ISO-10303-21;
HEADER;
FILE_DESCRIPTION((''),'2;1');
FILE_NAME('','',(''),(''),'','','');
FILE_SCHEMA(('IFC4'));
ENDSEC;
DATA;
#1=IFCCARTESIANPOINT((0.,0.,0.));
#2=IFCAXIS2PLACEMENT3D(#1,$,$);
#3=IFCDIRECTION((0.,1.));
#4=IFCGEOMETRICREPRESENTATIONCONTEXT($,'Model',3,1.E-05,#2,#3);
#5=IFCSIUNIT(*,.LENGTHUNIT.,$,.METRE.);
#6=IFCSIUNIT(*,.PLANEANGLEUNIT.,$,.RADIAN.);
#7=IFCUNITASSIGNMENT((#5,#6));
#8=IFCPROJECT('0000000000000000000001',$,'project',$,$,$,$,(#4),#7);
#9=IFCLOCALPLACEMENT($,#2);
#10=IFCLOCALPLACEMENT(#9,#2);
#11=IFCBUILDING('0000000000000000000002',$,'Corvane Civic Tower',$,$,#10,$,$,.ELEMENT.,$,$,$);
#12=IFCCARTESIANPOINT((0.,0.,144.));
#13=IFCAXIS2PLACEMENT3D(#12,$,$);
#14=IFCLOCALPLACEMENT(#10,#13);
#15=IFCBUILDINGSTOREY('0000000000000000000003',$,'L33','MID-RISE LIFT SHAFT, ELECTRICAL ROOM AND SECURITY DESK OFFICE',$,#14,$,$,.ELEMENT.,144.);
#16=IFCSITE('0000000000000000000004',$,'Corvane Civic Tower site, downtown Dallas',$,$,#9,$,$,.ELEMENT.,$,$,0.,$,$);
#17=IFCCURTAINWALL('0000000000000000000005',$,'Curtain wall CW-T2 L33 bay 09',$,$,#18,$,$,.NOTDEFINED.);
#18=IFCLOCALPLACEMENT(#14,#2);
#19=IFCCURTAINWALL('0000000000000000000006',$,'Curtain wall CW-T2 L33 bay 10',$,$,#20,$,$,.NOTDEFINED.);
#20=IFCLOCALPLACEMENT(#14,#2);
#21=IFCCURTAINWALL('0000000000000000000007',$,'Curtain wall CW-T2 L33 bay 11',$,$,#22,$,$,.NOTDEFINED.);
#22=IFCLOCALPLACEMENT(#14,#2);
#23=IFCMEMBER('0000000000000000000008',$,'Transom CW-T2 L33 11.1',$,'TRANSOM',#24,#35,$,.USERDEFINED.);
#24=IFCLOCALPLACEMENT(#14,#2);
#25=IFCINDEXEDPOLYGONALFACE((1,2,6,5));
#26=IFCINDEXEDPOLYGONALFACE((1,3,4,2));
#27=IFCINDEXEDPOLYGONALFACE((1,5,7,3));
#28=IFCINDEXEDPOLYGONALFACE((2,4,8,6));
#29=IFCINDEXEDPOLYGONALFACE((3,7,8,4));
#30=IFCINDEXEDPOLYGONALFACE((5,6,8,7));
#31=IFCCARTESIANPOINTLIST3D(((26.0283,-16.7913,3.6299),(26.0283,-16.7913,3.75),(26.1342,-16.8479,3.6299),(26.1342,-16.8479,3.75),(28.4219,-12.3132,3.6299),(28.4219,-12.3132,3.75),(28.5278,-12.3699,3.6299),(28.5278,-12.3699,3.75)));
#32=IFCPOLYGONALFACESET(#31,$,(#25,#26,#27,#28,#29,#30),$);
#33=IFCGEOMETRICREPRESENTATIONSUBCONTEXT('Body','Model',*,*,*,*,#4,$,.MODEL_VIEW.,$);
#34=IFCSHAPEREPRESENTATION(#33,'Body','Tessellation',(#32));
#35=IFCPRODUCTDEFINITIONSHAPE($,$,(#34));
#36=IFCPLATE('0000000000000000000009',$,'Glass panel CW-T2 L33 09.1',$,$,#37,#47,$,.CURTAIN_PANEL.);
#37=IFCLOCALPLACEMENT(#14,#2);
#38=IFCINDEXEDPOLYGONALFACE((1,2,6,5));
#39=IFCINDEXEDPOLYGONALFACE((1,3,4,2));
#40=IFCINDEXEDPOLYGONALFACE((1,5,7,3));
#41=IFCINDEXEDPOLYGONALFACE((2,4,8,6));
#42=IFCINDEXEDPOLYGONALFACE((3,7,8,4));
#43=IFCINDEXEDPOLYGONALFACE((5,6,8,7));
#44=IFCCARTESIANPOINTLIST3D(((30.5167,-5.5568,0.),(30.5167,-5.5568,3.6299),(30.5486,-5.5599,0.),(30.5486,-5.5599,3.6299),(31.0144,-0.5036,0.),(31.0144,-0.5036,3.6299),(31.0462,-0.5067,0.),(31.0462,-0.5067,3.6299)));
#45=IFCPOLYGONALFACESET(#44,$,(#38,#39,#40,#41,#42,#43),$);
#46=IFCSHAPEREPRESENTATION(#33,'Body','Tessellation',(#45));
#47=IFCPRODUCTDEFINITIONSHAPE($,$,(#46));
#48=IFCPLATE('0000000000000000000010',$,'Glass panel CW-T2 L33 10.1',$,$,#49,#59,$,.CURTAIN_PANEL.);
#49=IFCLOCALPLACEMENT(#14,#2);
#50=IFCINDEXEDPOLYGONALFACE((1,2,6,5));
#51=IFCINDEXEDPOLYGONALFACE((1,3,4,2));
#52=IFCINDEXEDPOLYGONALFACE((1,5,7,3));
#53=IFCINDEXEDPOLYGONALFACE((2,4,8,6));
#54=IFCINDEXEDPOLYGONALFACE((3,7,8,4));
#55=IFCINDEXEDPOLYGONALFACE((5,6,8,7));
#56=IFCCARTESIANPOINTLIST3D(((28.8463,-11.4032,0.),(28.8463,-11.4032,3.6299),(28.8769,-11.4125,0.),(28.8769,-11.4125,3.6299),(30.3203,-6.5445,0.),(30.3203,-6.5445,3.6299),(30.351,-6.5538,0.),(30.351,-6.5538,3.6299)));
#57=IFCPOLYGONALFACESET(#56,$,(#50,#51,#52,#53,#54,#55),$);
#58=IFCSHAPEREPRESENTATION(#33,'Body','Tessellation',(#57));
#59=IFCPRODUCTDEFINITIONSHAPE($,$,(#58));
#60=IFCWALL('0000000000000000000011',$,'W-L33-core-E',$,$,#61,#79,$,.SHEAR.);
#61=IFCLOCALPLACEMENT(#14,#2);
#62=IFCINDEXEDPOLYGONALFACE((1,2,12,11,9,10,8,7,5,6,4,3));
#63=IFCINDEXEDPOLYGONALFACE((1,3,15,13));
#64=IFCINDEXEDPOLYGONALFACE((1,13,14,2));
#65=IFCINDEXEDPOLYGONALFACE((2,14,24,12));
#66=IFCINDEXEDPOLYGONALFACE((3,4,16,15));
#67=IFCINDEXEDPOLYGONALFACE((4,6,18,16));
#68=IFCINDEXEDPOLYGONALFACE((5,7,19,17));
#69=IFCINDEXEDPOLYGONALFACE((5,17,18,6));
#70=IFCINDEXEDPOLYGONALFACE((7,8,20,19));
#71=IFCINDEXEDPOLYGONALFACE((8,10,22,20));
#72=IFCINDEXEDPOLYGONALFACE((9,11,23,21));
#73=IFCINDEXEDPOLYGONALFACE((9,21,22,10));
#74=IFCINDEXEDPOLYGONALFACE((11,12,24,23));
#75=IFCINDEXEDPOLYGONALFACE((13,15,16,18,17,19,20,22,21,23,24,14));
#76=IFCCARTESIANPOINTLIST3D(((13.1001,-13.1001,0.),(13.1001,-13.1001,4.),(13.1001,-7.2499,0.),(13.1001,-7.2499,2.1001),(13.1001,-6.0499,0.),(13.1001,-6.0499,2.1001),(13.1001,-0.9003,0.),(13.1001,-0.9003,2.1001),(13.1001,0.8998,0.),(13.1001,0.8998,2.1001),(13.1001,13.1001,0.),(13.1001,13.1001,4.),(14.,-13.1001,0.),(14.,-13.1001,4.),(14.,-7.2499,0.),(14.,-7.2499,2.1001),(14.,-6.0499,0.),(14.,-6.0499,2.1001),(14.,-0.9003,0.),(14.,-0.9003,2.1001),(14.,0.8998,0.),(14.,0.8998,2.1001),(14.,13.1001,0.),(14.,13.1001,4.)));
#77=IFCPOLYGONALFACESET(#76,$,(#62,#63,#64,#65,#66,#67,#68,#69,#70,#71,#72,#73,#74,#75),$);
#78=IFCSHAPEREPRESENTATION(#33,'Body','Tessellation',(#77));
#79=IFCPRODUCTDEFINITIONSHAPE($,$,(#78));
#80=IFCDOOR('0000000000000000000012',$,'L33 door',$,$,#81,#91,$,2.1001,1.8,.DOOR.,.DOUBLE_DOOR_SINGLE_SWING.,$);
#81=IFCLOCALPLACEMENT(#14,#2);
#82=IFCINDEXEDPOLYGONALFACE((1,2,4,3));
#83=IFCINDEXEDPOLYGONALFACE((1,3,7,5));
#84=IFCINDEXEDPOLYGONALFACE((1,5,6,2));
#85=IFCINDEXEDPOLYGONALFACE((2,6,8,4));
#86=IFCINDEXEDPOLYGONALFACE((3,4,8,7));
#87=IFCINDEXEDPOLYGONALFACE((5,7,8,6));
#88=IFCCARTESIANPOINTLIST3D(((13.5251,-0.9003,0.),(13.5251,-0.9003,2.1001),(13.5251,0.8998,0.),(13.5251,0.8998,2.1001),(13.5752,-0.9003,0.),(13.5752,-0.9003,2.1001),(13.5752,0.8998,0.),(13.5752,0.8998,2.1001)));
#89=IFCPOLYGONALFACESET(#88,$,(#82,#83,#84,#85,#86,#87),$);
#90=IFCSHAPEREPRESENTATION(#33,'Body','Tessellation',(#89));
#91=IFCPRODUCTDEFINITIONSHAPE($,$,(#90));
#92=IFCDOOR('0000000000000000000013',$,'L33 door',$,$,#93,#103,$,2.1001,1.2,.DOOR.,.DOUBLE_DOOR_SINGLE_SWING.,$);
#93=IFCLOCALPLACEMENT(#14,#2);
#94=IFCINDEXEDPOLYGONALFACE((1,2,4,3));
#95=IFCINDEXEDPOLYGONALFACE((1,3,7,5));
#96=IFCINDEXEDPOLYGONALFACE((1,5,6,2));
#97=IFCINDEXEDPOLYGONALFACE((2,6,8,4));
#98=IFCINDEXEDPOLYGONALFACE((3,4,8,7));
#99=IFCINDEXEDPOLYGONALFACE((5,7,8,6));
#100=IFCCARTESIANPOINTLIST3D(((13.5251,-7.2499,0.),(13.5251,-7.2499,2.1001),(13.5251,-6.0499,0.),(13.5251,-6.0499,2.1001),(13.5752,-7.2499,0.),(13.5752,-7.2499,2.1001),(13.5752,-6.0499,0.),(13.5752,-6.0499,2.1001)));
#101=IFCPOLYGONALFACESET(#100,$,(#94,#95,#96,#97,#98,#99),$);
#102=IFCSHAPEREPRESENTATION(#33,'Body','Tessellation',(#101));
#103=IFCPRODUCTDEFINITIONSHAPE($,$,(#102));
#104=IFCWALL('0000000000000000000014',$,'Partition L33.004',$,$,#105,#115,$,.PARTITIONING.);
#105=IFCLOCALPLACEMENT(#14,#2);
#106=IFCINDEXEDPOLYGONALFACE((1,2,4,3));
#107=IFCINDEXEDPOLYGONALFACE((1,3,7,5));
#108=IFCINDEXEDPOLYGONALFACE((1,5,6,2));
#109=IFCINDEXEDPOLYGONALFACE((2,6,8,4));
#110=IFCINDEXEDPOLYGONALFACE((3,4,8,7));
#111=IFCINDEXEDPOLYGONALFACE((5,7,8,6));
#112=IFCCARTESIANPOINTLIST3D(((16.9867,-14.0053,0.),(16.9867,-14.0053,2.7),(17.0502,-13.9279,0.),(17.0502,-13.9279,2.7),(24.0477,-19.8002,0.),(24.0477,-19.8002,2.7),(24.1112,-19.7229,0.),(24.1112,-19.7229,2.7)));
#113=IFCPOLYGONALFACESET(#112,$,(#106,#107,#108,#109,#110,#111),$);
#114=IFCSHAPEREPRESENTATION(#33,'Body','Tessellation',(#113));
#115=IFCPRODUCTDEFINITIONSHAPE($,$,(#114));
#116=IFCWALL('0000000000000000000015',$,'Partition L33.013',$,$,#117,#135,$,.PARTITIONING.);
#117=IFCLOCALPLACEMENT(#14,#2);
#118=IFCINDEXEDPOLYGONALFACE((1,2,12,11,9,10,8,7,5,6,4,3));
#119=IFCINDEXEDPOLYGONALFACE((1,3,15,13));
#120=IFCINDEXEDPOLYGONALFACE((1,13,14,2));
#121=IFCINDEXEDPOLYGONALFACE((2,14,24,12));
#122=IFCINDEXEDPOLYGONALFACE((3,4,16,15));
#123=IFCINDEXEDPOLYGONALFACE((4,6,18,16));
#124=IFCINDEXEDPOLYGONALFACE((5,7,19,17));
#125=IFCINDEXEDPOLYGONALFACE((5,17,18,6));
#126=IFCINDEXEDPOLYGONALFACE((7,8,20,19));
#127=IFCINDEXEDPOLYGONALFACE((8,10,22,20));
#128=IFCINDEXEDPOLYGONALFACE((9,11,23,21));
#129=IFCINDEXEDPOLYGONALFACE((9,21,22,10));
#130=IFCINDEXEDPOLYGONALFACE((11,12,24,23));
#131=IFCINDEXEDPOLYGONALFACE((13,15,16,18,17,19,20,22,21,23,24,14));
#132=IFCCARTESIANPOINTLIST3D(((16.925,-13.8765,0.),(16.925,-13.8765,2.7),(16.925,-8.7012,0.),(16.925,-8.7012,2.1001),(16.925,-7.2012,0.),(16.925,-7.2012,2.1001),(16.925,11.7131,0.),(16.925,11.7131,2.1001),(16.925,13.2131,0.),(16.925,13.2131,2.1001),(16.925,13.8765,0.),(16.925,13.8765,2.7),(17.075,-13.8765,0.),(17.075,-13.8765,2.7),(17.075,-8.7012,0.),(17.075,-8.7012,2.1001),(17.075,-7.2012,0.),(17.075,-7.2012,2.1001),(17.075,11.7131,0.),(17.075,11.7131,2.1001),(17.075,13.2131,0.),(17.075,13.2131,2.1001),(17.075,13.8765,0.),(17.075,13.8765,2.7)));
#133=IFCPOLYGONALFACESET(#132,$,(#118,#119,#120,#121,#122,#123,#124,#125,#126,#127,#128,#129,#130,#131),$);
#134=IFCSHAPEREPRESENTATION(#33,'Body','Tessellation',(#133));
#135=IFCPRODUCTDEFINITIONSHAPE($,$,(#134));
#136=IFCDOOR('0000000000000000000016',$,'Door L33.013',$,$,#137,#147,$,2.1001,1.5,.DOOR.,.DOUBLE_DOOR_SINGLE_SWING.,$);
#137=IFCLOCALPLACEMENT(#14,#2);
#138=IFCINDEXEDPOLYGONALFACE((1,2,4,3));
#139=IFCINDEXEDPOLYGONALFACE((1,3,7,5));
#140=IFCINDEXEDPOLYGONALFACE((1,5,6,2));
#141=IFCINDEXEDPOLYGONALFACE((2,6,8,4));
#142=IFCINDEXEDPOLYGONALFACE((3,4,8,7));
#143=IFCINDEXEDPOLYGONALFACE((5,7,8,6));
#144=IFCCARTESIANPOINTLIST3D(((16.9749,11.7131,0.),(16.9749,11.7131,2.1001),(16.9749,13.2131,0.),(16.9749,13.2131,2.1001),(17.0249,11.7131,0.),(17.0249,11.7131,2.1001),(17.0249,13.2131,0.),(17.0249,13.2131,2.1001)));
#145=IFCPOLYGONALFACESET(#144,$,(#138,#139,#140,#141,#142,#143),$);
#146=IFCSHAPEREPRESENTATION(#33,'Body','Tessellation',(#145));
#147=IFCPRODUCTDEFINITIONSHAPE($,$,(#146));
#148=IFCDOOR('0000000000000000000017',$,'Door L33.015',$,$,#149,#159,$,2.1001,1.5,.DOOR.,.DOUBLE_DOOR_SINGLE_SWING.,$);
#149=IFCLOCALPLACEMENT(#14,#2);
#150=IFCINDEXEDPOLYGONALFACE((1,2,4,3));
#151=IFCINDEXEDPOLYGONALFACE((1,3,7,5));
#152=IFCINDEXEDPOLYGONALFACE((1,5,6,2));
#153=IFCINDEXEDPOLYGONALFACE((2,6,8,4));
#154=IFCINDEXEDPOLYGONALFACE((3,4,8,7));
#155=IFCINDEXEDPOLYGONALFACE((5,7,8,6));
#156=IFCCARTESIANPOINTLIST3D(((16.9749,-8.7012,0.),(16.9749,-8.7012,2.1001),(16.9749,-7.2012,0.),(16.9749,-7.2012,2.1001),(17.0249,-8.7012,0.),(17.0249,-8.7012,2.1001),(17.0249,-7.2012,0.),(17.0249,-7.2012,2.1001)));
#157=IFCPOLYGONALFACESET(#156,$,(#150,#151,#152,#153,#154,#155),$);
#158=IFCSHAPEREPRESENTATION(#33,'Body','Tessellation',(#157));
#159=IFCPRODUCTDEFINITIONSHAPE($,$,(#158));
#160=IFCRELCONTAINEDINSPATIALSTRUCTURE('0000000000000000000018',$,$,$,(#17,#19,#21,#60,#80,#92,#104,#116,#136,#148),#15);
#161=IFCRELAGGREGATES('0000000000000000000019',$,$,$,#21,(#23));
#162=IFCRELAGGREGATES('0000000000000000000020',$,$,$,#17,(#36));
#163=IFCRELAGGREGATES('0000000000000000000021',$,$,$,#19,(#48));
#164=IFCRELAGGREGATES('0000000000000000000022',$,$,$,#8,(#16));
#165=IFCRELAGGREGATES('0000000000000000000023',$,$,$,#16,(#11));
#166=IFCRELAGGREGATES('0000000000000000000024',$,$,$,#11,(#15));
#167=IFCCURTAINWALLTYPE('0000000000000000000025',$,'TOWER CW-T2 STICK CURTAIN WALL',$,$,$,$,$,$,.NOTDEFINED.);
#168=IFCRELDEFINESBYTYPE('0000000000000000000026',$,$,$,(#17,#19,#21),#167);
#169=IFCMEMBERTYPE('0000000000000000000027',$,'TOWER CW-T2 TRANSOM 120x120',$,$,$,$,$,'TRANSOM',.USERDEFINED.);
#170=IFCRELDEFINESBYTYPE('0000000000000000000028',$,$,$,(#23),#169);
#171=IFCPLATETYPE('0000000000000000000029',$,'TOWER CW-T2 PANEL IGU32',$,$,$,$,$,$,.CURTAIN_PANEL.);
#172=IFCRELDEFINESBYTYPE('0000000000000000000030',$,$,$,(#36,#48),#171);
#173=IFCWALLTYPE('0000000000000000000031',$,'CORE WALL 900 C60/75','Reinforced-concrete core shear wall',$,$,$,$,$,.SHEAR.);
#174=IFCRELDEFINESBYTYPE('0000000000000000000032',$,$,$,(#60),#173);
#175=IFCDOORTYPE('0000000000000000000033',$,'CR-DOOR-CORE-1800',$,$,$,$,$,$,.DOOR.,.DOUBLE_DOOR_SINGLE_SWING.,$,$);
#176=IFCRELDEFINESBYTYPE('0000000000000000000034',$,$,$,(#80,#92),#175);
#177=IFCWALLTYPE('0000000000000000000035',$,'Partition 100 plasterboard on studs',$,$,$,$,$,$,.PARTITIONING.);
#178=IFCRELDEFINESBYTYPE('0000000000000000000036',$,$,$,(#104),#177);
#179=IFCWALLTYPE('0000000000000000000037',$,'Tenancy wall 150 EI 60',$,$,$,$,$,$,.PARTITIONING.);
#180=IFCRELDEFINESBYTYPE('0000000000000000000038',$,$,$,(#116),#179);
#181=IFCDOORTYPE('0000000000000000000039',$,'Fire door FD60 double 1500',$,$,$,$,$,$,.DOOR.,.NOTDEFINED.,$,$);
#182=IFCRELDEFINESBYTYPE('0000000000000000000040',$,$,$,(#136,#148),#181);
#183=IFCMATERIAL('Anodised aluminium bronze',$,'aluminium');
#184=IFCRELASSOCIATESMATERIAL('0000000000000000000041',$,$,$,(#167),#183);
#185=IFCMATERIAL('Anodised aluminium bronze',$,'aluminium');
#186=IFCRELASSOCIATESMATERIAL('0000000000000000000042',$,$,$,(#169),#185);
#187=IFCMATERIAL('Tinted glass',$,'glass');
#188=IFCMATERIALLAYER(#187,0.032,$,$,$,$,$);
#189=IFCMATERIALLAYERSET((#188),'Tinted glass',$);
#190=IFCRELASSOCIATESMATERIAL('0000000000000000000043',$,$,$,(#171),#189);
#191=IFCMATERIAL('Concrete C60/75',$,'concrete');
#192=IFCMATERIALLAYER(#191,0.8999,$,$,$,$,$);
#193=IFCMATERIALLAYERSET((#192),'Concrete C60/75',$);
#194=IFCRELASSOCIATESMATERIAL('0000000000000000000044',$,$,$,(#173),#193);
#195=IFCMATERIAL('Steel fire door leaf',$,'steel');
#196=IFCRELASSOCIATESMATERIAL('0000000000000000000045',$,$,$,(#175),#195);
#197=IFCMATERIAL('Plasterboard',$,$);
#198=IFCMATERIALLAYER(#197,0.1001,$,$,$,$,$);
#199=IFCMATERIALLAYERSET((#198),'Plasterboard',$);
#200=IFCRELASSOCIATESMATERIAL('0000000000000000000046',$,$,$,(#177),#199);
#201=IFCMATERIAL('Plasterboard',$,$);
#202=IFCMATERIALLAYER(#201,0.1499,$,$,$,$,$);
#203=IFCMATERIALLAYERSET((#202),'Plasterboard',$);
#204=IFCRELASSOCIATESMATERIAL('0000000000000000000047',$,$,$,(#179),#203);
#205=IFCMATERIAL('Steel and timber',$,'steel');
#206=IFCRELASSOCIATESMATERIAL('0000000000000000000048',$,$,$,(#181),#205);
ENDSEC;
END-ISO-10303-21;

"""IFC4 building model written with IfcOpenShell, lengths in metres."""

from ifc_helpers import new_model, si_unit, direction, frame, frame_2d, origin, origin_2d, place, context, subcontext, project, spatial, rectangle, extrude, material, layer, layer_set, material_profile, profile_set, type_object, element, fill, aggregate, save


model = new_model("IFC4")

# Units and contexts
model_context = context("Model", 3, precision=1e-05, world=origin(), true_north=direction((0.0, 1.0)))
body_context = subcontext(model_context, "Body", "Model", "MODEL_VIEW")
ifc_project = project(units=[si_unit("LENGTHUNIT", "METRE"), si_unit("PLANEANGLEUNIT", "RADIAN")], contexts=[model_context])

# Site, building, storey
site_placement = place(None, origin())
site = spatial("IfcSite", under=ifc_project, at=site_placement, Name="Corvane Civic Tower site, downtown Dallas", CompositionType="ELEMENT", RefElevation=0.0)
building_placement = place(site_placement, origin())
building = spatial("IfcBuilding", under=site, at=building_placement, Name="Corvane Civic Tower", CompositionType="ELEMENT")
storey_placement = place(building_placement, frame((0.0, 0.0, 144.0)))
storey = spatial("IfcBuildingStorey", under=building, at=storey_placement, Name="L33", Description="MID-RISE LIFT SHAFT, ELECTRICAL ROOM AND SECURITY DESK OFFICE", CompositionType="ELEMENT", Elevation=144.0)

# Curtain walls, member
ifc_material_1 = material(Name="Anodised aluminium bronze", Category="aluminium")
curtain_wall_type = type_object("IfcCurtainWallType", Name="TOWER CW-T2 STICK CURTAIN WALL", PredefinedType="NOTDEFINED", material=ifc_material_1)
curtain_wall_1_placement = place(storey_placement, origin())
curtain_wall_1 = element("IfcCurtainWall", 1, at=curtain_wall_1_placement, inside=storey, type_object=curtain_wall_type, Name="Curtain wall CW-T2 L33 bay 09", PredefinedType="NOTDEFINED")
ifc_material_2 = material(Name="Anodised aluminium bronze", Category="aluminium")
ifc_material_profile_1 = material_profile(ifc_material_2, rectangle(XDim=0.1201, YDim=0.1201, at=origin_2d()), Name="TOWER CW-T2 TRANSOM 120x120")
ifc_profile_set_1 = profile_set([ifc_material_profile_1], Name="Anodised aluminium bronze")
member_type = type_object("IfcMemberType", Name="TOWER CW-T2 TRANSOM 120x120", ElementType="TRANSOM", PredefinedType="USERDEFINED", material=ifc_profile_set_1)
curtain_wall_2_placement = place(storey_placement, origin())
curtain_wall_2 = element("IfcCurtainWall", 2, at=curtain_wall_2_placement, inside=storey, type_object=curtain_wall_type, Name="Curtain wall CW-T2 L33 bay 10", PredefinedType="NOTDEFINED")
curtain_wall_3_placement = place(storey_placement, origin())
curtain_wall_3 = element("IfcCurtainWall", 3, at=curtain_wall_3_placement, inside=storey, type_object=curtain_wall_type, Name="Curtain wall CW-T2 L33 bay 11", PredefinedType="NOTDEFINED")
member_1_placement = place(storey_placement, frame((28.4749, -12.3416, 3.6899), z_axis=(-0.471397, -0.881921, 0.0), x_axis=(0.881921, -0.471397, 0.0)))
member_1 = element("IfcMember", 4, at=member_1_placement, type_object=member_type, Name="Transom CW-T2 L33 11.1", ObjectType="TRANSOM", PredefinedType="USERDEFINED", context=body_context, shape_type="SweptSolid", body=[
    extrude(rectangle(XDim=0.1201, YDim=0.1201, at=origin_2d()), origin(), (0.0, 0.0, 1.0), 5.0776),
])
aggregate(curtain_wall_3, [member_1])

# Plates
ifc_material_3 = material(Name="Tinted glass", Category="glass")
ifc_layer_1 = layer(ifc_material_3, 0.032)
ifc_layer_set_1 = layer_set([ifc_layer_1], Name="Tinted glass")
plate_type = type_object("IfcPlateType", Name="TOWER CW-T2 PANEL IGU32", PredefinedType="CURTAIN_PANEL", material=ifc_layer_set_1)
plate_1_placement = place(storey_placement, frame((30.7815, -3.0317, 0.0), z_axis=(0.0, 0.0, 1.0), x_axis=(-0.098012, -0.995185, 0.0)))
plate_1 = element("IfcPlate", 5, at=plate_1_placement, type_object=plate_type, Name="Glass panel CW-T2 L33 09.1", PredefinedType="CURTAIN_PANEL", context=body_context, shape_type="SweptSolid", body=[
    extrude(rectangle(XDim=5.0776, YDim=0.032, at=origin_2d()), origin(), (0.0, 0.0, 1.0), 3.6299),
])
aggregate(curtain_wall_1, [plate_1])
plate_2_placement = place(storey_placement, frame((29.5986, -8.9785, 0.0), z_axis=(0.0, 0.0, 1.0), x_axis=(-0.290313, -0.956932, 0.0)))
plate_2 = element("IfcPlate", 6, at=plate_2_placement, type_object=plate_type, Name="Glass panel CW-T2 L33 10.1", PredefinedType="CURTAIN_PANEL", context=body_context, shape_type="SweptSolid", body=[
    extrude(rectangle(XDim=5.0774, YDim=0.032, at=origin_2d()), origin(), (0.0, 0.0, 1.0), 3.6299),
])
aggregate(curtain_wall_2, [plate_2])

# Wall, openings, doors
ifc_material_4 = material(Name="Concrete C60/75", Category="concrete")
ifc_layer_2 = layer(ifc_material_4, 0.8999)
ifc_layer_set_2 = layer_set([ifc_layer_2], Name="Concrete C60/75")
wall_type_1 = type_object("IfcWallType", Name="CORE WALL 900 C60/75", Description="Reinforced-concrete core shear wall", PredefinedType="SHEAR", material=ifc_layer_set_2)
wall_1_placement = place(storey_placement, frame((13.55, -13.1001, 0.0), z_axis=(0.0, 0.0, 1.0), x_axis=(0.0, 1.0, 0.0)))
wall_1 = element("IfcWall", 7, at=wall_1_placement, inside=storey, type_object=wall_type_1, Name="W-L33-core-E", PredefinedType="SHEAR", context=body_context, shape_type="SweptSolid", body=[
    extrude(rectangle(XDim=26.2002, YDim=0.8999, at=frame_2d((13.1001, 0.0))), origin(), (0.0, 0.0, 1.0), 4.0),
])
opening_1_placement = place(wall_1_placement, frame((12.2, 0.0, 0.0)))
opening_1 = element("IfcOpeningElement", 8, at=opening_1_placement, cuts=wall_1, PredefinedType="OPENING", context=body_context, shape_type="SweptSolid", body=[
    extrude(rectangle(XDim=1.8, YDim=2.1001, at=frame_2d((0.8999, 1.05))), frame((0.0, 0.46, 0.0), z_axis=(0.0, -1.0, 0.0), x_axis=(1.0, 0.0, 0.0)), (0.0, 0.0, 1.0), 0.9199),
])
opening_2_placement = place(wall_1_placement, frame((5.8501, 0.0, 0.0)))
opening_2 = element("IfcOpeningElement", 9, at=opening_2_placement, cuts=wall_1, PredefinedType="OPENING", context=body_context, shape_type="SweptSolid", body=[
    extrude(rectangle(XDim=1.2, YDim=2.1001, at=frame_2d((0.6001, 1.05))), frame((0.0, 0.46, 0.0), z_axis=(0.0, -1.0, 0.0), x_axis=(1.0, 0.0, 0.0)), (0.0, 0.0, 1.0), 0.9199),
])
ifc_material_5 = material(Name="Steel fire door leaf", Category="steel")
door_type_1 = type_object("IfcDoorType", Name="CR-DOOR-CORE-1800", OperationType="DOUBLE_DOOR_SINGLE_SWING", PredefinedType="DOOR", material=ifc_material_5)
door_1_placement = place(opening_1_placement, origin())
door_1 = element("IfcDoor", 10, at=door_1_placement, inside=storey, type_object=door_type_1, Name="L33 door", OperationType="DOUBLE_DOOR_SINGLE_SWING", OverallHeight=2.1001, OverallWidth=1.8, PredefinedType="DOOR", context=body_context, shape_type="SweptSolid", body=[
    extrude(rectangle(XDim=1.8, YDim=2.1001, at=frame_2d((0.8999, 1.05))), frame((0.0, 0.0249, 0.0), z_axis=(0.0, -1.0, 0.0), x_axis=(1.0, 0.0, 0.0)), (0.0, 0.0, 1.0), 0.05),
])
fill(opening_1, door_1)
door_2_placement = place(opening_2_placement, origin())
door_2 = element("IfcDoor", 11, at=door_2_placement, inside=storey, type_object=door_type_1, Name="L33 door", OperationType="DOUBLE_DOOR_SINGLE_SWING", OverallHeight=2.1001, OverallWidth=1.2, PredefinedType="DOOR", context=body_context, shape_type="SweptSolid", body=[
    extrude(rectangle(XDim=1.2, YDim=2.1001, at=frame_2d((0.6001, 1.05))), frame((0.0, 0.0249, 0.0), z_axis=(0.0, -1.0, 0.0), x_axis=(1.0, 0.0, 0.0)), (0.0, 0.0, 1.0), 0.05),
])
fill(opening_2, door_2)

# Wall
ifc_material_6 = material(Name="Plasterboard")
ifc_layer_3 = layer(ifc_material_6, 0.1001)
ifc_layer_set_3 = layer_set([ifc_layer_3], Name="Plasterboard")
wall_type_2 = type_object("IfcWallType", Name="Partition 100 plasterboard on studs", PredefinedType="PARTITIONING", material=ifc_layer_set_3)
wall_2_placement = place(storey_placement, frame((17.0183, -13.9666, 0.0), z_axis=(0.0, 0.0, 1.0), x_axis=(0.773006, -0.634399, 0.0)))
element("IfcWall", 12, at=wall_2_placement, inside=storey, type_object=wall_type_2, Name="Partition L33.004", PredefinedType="PARTITIONING", context=body_context, shape_type="SweptSolid", body=[
    extrude(rectangle(XDim=9.1345, YDim=0.1001, at=frame_2d((4.5674, 0.0))), origin(), (0.0, 0.0, 1.0), 2.7),
])

# Wall, openings, doors
ifc_material_7 = material(Name="Plasterboard")
ifc_layer_4 = layer(ifc_material_7, 0.1499)
ifc_layer_set_4 = layer_set([ifc_layer_4], Name="Plasterboard")
wall_type_3 = type_object("IfcWallType", Name="Tenancy wall 150 EI 60", PredefinedType="PARTITIONING", material=ifc_layer_set_4)
wall_3_placement = place(storey_placement, frame((17.0, -13.8765, 0.0), z_axis=(0.0, 0.0, 1.0), x_axis=(0.0, 1.0, 0.0)))
wall_3 = element("IfcWall", 13, at=wall_3_placement, inside=storey, type_object=wall_type_3, Name="Partition L33.013", PredefinedType="PARTITIONING", context=body_context, shape_type="SweptSolid", body=[
    extrude(rectangle(XDim=27.7529, YDim=0.1499, at=frame_2d((13.8765, 0.0))), origin(), (0.0, 0.0, 1.0), 2.7),
])
opening_3_placement = place(wall_3_placement, frame((25.5896, 0.0, 0.0)))
opening_3 = element("IfcOpeningElement", 14, at=opening_3_placement, cuts=wall_3, PredefinedType="OPENING", context=body_context, shape_type="SweptSolid", body=[
    extrude(rectangle(XDim=1.5, YDim=2.1001, at=frame_2d((0.75, 1.05))), frame((0.0, 0.085, 0.0), z_axis=(0.0, -1.0, 0.0), x_axis=(1.0, 0.0, 0.0)), (0.0, 0.0, 1.0), 0.1699),
])
opening_4_placement = place(wall_3_placement, frame((5.1753, 0.0, 0.0)))
opening_4 = element("IfcOpeningElement", 15, at=opening_4_placement, cuts=wall_3, PredefinedType="OPENING", context=body_context, shape_type="SweptSolid", body=[
    extrude(rectangle(XDim=1.5, YDim=2.1001, at=frame_2d((0.75, 1.05))), frame((0.0, 0.085, 0.0), z_axis=(0.0, -1.0, 0.0), x_axis=(1.0, 0.0, 0.0)), (0.0, 0.0, 1.0), 0.1699),
])
ifc_material_8 = material(Name="Steel and timber", Category="steel")
door_type_2 = type_object("IfcDoorType", Name="Fire door FD60 double 1500", OperationType="NOTDEFINED", PredefinedType="DOOR", material=ifc_material_8)
door_3_placement = place(opening_3_placement, frame((1.5, 0.0, 0.0), z_axis=(0.0, 0.0, 1.0), x_axis=(-1.0, 0.0, 0.0)))
door_3 = element("IfcDoor", 16, at=door_3_placement, inside=storey, type_object=door_type_2, Name="Door L33.013", OperationType="DOUBLE_DOOR_SINGLE_SWING", OverallHeight=2.1001, OverallWidth=1.5, PredefinedType="DOOR", context=body_context, shape_type="SweptSolid", body=[
    extrude(rectangle(XDim=1.5, YDim=2.1001, at=frame_2d((0.75, 1.05))), frame((0.0, 0.0249, 0.0), z_axis=(0.0, -1.0, 0.0), x_axis=(1.0, 0.0, 0.0)), (0.0, 0.0, 1.0), 0.05),
])
fill(opening_3, door_3)
door_4_placement = place(opening_4_placement, frame((1.5, 0.0, 0.0), z_axis=(0.0, 0.0, 1.0), x_axis=(-1.0, 0.0, 0.0)))
door_4 = element("IfcDoor", 17, at=door_4_placement, inside=storey, type_object=door_type_2, Name="Door L33.015", OperationType="DOUBLE_DOOR_SINGLE_SWING", OverallHeight=2.1001, OverallWidth=1.5, PredefinedType="DOOR", context=body_context, shape_type="SweptSolid", body=[
    extrude(rectangle(XDim=1.5, YDim=2.1001, at=frame_2d((0.75, 1.05))), frame((0.0, 0.0249, 0.0), z_axis=(0.0, -1.0, 0.0), x_axis=(1.0, 0.0, 0.0)), (0.0, 0.0, 1.0), 0.05),
])
fill(opening_4, door_4)

save(model, "model.ifc")
